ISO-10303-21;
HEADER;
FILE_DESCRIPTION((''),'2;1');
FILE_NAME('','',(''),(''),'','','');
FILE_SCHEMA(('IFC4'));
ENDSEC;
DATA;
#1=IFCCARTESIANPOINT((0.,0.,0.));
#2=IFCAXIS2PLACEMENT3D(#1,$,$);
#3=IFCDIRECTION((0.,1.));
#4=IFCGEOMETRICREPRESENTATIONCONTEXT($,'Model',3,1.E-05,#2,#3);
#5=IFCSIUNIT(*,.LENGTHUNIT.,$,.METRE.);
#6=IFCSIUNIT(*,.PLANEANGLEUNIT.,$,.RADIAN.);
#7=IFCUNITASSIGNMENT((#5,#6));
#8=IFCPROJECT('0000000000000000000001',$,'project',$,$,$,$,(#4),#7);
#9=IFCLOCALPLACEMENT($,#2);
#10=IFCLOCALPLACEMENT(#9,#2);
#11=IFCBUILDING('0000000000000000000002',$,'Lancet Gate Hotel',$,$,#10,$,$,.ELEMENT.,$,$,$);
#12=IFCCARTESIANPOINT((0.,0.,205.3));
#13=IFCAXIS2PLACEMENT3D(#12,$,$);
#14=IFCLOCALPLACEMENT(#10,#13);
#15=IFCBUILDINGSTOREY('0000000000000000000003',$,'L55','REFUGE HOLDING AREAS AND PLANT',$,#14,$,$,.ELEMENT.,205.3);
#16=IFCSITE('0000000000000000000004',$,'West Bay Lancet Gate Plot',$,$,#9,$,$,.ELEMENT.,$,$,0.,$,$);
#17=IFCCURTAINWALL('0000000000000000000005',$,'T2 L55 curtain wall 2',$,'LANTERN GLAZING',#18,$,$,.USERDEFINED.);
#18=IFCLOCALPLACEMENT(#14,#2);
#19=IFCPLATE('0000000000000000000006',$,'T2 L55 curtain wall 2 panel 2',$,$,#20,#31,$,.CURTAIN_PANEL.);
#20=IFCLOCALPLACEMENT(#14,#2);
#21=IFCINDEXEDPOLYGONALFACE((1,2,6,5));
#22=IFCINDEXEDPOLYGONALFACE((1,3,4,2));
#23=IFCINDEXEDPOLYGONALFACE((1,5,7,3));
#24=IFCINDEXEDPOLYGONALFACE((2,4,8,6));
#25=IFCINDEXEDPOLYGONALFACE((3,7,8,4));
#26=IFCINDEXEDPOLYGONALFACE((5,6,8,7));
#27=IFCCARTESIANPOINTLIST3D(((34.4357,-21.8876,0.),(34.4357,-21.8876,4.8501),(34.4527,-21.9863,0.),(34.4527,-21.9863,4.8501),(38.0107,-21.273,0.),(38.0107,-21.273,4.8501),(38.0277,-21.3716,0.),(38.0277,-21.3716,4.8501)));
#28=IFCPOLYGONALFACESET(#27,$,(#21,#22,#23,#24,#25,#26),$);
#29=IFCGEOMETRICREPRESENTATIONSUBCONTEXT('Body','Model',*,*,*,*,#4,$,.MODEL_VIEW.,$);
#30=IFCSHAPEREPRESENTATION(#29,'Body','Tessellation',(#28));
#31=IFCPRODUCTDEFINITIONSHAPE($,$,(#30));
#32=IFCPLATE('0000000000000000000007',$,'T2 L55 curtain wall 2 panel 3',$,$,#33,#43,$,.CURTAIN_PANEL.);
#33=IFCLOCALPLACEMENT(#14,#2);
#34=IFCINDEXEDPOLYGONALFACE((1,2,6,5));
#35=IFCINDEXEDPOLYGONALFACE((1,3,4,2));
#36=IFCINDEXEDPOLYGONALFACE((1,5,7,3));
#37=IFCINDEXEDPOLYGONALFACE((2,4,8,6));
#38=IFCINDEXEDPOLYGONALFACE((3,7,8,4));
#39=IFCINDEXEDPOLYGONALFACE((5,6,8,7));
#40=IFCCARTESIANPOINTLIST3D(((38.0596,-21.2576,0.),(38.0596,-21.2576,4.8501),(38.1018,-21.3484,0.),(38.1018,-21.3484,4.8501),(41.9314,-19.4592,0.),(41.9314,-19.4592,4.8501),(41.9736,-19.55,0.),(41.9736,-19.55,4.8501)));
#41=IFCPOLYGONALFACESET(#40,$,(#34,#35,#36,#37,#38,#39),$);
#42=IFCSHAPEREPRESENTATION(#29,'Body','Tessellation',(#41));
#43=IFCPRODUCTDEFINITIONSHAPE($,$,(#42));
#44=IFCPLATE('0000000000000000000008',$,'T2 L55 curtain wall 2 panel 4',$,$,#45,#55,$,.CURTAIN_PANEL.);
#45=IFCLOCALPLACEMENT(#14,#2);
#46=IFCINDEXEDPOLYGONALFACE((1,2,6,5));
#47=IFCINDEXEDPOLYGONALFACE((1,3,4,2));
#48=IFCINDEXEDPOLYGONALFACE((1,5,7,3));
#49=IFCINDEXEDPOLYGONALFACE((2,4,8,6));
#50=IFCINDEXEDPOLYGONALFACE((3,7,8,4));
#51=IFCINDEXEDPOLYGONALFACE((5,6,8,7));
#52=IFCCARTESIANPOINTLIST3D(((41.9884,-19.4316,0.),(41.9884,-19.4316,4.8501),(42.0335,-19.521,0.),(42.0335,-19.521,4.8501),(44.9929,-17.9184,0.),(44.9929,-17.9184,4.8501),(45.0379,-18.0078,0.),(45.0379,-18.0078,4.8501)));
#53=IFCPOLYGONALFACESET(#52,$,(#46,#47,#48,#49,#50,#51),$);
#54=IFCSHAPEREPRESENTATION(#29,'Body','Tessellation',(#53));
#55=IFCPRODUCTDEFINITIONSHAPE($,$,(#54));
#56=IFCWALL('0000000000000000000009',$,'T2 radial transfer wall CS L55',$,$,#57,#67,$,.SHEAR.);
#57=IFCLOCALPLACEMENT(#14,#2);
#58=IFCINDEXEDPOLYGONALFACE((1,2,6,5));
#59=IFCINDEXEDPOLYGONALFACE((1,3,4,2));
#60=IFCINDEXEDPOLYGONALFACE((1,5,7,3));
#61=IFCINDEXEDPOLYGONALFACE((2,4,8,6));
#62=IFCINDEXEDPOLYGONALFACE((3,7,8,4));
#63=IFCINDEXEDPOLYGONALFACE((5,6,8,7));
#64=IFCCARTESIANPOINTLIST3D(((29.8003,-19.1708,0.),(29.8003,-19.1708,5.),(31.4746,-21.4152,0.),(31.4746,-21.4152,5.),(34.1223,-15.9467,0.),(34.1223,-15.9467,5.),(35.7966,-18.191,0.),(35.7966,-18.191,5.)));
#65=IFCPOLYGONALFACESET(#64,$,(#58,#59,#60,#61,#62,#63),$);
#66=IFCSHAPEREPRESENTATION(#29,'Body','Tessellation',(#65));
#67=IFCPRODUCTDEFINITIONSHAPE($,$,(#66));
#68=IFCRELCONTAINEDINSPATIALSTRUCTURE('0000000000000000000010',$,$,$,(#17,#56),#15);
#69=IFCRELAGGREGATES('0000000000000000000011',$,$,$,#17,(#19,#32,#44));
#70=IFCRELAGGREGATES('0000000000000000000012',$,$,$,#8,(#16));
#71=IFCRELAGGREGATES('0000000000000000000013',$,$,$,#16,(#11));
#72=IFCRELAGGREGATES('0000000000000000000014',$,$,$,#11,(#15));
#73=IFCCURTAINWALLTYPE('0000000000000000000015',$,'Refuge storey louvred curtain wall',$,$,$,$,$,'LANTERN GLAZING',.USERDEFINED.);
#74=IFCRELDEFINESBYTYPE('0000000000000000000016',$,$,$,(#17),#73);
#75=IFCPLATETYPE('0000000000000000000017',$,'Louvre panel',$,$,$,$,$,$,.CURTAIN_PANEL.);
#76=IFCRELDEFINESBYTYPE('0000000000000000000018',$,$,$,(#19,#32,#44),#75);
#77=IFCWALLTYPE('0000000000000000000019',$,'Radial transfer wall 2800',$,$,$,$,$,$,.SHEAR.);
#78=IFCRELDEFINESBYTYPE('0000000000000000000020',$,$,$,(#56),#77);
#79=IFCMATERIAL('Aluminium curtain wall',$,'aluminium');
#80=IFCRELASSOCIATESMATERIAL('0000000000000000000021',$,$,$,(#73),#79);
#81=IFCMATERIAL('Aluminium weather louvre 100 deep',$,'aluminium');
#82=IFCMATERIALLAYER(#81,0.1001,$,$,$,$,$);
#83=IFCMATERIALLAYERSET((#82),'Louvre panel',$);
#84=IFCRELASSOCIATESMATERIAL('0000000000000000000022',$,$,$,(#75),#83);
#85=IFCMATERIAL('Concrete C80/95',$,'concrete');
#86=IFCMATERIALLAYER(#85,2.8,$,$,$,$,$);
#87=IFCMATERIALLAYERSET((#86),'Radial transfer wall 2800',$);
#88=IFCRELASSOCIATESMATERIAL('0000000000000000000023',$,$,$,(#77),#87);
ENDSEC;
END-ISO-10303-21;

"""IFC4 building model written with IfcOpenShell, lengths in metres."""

from ifc_helpers import new_model, si_unit, direction, frame, frame_2d, origin, origin_2d, place, context, subcontext, project, spatial, rectangle, extrude, material, layer, layer_set, type_object, element, aggregate, save


model = new_model("IFC4")

# Units and contexts
model_context = context("Model", 3, precision=1e-05, world=origin(), true_north=direction((0.0, 1.0)))
body_context = subcontext(model_context, "Body", "Model", "MODEL_VIEW")
ifc_project = project(units=[si_unit("LENGTHUNIT", "METRE"), si_unit("PLANEANGLEUNIT", "RADIAN")], contexts=[model_context])

# Site, building, storey
site_placement = place(None, origin())
site = spatial("IfcSite", under=ifc_project, at=site_placement, Name="West Bay Lancet Gate Plot", CompositionType="ELEMENT", RefElevation=0.0)
building_placement = place(site_placement, origin())
building = spatial("IfcBuilding", under=site, at=building_placement, Name="Lancet Gate Hotel", CompositionType="ELEMENT")
storey_placement = place(building_placement, frame((0.0, 0.0, 205.3)))
storey = spatial("IfcBuildingStorey", under=building, at=storey_placement, Name="L55", Description="REFUGE HOLDING AREAS AND PLANT", CompositionType="ELEMENT", Elevation=205.3)

# Curtain wall
ifc_material_1 = material(Name="Aluminium curtain wall", Category="aluminium")
curtain_wall_type = type_object("IfcCurtainWallType", Name="Refuge storey louvred curtain wall", ElementType="LANTERN GLAZING", PredefinedType="USERDEFINED", material=ifc_material_1)
curtain_wall_1_placement = place(storey_placement, origin())
curtain_wall_1 = element("IfcCurtainWall", 1, at=curtain_wall_1_placement, inside=storey, type_object=curtain_wall_type, Name="T2 L55 curtain wall 2", ObjectType="LANTERN GLAZING", PredefinedType="USERDEFINED")

# Plates
ifc_material_2 = material(Name="Aluminium weather louvre 100 deep", Category="aluminium")
ifc_layer_1 = layer(ifc_material_2, 0.1001)
ifc_layer_set_1 = layer_set([ifc_layer_1], Name="Louvre panel")
plate_type = type_object("IfcPlateType", Name="Louvre panel", PredefinedType="CURTAIN_PANEL", material=ifc_layer_set_1)
plate_1_placement = place(storey_placement, frame((36.2317, -21.6296, 0.0), z_axis=(0.0, 0.0, 1.0), x_axis=(0.98554, 0.169445, 0.0)))
plate_1 = element("IfcPlate", 2, at=plate_1_placement, type_object=plate_type, Name="T2 L55 curtain wall 2 panel 2", PredefinedType="CURTAIN_PANEL", context=body_context, shape_type="SweptSolid", body=[
    extrude(rectangle(XDim=3.6274, YDim=0.1001, at=origin_2d()), origin(), (0.0, 0.0, 1.0), 4.8501),
])
plate_2_placement = place(storey_placement, frame((40.0166, -20.4038, 0.0), z_axis=(0.0, 0.0, 1.0), x_axis=(0.906935, 0.421271, 0.0)))
plate_2 = element("IfcPlate", 3, at=plate_2_placement, type_object=plate_type, Name="T2 L55 curtain wall 2 panel 3", PredefinedType="CURTAIN_PANEL", context=body_context, shape_type="SweptSolid", body=[
    extrude(rectangle(XDim=4.269, YDim=0.1001, at=origin_2d()), origin(), (0.0, 0.0, 1.0), 4.8501),
])
plate_3_placement = place(storey_placement, frame((43.5132, -18.7197, 0.0), z_axis=(0.0, 0.0, 1.0), x_axis=(0.893121, 0.449816, 0.0)))
plate_3 = element("IfcPlate", 4, at=plate_3_placement, type_object=plate_type, Name="T2 L55 curtain wall 2 panel 4", PredefinedType="CURTAIN_PANEL", context=body_context, shape_type="SweptSolid", body=[
    extrude(rectangle(XDim=3.364, YDim=0.1001, at=origin_2d()), origin(), (0.0, 0.0, 1.0), 4.8501),
])
aggregate(curtain_wall_1, [plate_1, plate_2, plate_3])

# Wall
ifc_material_3 = material(Name="Concrete C80/95", Category="concrete")
ifc_layer_2 = layer(ifc_material_3, 2.8)
ifc_layer_set_2 = layer_set([ifc_layer_2], Name="Radial transfer wall 2800")
wall_type = type_object("IfcWallType", Name="Radial transfer wall 2800", PredefinedType="SHEAR", material=ifc_layer_set_2)
wall_placement = place(storey_placement, frame((30.6375, -20.293, 0.0), z_axis=(0.0, 0.0, 1.0), x_axis=(0.801546, 0.597933, 0.0)))
element("IfcWall", 5, at=wall_placement, inside=storey, type_object=wall_type, Name="T2 radial transfer wall CS L55", PredefinedType="SHEAR", context=body_context, shape_type="SweptSolid", body=[
    extrude(rectangle(XDim=5.3921, YDim=2.8, at=frame_2d((2.696, 0.0))), origin(), (0.0, 0.0, 1.0), 5.0),
])

save(model, "model.ifc")
